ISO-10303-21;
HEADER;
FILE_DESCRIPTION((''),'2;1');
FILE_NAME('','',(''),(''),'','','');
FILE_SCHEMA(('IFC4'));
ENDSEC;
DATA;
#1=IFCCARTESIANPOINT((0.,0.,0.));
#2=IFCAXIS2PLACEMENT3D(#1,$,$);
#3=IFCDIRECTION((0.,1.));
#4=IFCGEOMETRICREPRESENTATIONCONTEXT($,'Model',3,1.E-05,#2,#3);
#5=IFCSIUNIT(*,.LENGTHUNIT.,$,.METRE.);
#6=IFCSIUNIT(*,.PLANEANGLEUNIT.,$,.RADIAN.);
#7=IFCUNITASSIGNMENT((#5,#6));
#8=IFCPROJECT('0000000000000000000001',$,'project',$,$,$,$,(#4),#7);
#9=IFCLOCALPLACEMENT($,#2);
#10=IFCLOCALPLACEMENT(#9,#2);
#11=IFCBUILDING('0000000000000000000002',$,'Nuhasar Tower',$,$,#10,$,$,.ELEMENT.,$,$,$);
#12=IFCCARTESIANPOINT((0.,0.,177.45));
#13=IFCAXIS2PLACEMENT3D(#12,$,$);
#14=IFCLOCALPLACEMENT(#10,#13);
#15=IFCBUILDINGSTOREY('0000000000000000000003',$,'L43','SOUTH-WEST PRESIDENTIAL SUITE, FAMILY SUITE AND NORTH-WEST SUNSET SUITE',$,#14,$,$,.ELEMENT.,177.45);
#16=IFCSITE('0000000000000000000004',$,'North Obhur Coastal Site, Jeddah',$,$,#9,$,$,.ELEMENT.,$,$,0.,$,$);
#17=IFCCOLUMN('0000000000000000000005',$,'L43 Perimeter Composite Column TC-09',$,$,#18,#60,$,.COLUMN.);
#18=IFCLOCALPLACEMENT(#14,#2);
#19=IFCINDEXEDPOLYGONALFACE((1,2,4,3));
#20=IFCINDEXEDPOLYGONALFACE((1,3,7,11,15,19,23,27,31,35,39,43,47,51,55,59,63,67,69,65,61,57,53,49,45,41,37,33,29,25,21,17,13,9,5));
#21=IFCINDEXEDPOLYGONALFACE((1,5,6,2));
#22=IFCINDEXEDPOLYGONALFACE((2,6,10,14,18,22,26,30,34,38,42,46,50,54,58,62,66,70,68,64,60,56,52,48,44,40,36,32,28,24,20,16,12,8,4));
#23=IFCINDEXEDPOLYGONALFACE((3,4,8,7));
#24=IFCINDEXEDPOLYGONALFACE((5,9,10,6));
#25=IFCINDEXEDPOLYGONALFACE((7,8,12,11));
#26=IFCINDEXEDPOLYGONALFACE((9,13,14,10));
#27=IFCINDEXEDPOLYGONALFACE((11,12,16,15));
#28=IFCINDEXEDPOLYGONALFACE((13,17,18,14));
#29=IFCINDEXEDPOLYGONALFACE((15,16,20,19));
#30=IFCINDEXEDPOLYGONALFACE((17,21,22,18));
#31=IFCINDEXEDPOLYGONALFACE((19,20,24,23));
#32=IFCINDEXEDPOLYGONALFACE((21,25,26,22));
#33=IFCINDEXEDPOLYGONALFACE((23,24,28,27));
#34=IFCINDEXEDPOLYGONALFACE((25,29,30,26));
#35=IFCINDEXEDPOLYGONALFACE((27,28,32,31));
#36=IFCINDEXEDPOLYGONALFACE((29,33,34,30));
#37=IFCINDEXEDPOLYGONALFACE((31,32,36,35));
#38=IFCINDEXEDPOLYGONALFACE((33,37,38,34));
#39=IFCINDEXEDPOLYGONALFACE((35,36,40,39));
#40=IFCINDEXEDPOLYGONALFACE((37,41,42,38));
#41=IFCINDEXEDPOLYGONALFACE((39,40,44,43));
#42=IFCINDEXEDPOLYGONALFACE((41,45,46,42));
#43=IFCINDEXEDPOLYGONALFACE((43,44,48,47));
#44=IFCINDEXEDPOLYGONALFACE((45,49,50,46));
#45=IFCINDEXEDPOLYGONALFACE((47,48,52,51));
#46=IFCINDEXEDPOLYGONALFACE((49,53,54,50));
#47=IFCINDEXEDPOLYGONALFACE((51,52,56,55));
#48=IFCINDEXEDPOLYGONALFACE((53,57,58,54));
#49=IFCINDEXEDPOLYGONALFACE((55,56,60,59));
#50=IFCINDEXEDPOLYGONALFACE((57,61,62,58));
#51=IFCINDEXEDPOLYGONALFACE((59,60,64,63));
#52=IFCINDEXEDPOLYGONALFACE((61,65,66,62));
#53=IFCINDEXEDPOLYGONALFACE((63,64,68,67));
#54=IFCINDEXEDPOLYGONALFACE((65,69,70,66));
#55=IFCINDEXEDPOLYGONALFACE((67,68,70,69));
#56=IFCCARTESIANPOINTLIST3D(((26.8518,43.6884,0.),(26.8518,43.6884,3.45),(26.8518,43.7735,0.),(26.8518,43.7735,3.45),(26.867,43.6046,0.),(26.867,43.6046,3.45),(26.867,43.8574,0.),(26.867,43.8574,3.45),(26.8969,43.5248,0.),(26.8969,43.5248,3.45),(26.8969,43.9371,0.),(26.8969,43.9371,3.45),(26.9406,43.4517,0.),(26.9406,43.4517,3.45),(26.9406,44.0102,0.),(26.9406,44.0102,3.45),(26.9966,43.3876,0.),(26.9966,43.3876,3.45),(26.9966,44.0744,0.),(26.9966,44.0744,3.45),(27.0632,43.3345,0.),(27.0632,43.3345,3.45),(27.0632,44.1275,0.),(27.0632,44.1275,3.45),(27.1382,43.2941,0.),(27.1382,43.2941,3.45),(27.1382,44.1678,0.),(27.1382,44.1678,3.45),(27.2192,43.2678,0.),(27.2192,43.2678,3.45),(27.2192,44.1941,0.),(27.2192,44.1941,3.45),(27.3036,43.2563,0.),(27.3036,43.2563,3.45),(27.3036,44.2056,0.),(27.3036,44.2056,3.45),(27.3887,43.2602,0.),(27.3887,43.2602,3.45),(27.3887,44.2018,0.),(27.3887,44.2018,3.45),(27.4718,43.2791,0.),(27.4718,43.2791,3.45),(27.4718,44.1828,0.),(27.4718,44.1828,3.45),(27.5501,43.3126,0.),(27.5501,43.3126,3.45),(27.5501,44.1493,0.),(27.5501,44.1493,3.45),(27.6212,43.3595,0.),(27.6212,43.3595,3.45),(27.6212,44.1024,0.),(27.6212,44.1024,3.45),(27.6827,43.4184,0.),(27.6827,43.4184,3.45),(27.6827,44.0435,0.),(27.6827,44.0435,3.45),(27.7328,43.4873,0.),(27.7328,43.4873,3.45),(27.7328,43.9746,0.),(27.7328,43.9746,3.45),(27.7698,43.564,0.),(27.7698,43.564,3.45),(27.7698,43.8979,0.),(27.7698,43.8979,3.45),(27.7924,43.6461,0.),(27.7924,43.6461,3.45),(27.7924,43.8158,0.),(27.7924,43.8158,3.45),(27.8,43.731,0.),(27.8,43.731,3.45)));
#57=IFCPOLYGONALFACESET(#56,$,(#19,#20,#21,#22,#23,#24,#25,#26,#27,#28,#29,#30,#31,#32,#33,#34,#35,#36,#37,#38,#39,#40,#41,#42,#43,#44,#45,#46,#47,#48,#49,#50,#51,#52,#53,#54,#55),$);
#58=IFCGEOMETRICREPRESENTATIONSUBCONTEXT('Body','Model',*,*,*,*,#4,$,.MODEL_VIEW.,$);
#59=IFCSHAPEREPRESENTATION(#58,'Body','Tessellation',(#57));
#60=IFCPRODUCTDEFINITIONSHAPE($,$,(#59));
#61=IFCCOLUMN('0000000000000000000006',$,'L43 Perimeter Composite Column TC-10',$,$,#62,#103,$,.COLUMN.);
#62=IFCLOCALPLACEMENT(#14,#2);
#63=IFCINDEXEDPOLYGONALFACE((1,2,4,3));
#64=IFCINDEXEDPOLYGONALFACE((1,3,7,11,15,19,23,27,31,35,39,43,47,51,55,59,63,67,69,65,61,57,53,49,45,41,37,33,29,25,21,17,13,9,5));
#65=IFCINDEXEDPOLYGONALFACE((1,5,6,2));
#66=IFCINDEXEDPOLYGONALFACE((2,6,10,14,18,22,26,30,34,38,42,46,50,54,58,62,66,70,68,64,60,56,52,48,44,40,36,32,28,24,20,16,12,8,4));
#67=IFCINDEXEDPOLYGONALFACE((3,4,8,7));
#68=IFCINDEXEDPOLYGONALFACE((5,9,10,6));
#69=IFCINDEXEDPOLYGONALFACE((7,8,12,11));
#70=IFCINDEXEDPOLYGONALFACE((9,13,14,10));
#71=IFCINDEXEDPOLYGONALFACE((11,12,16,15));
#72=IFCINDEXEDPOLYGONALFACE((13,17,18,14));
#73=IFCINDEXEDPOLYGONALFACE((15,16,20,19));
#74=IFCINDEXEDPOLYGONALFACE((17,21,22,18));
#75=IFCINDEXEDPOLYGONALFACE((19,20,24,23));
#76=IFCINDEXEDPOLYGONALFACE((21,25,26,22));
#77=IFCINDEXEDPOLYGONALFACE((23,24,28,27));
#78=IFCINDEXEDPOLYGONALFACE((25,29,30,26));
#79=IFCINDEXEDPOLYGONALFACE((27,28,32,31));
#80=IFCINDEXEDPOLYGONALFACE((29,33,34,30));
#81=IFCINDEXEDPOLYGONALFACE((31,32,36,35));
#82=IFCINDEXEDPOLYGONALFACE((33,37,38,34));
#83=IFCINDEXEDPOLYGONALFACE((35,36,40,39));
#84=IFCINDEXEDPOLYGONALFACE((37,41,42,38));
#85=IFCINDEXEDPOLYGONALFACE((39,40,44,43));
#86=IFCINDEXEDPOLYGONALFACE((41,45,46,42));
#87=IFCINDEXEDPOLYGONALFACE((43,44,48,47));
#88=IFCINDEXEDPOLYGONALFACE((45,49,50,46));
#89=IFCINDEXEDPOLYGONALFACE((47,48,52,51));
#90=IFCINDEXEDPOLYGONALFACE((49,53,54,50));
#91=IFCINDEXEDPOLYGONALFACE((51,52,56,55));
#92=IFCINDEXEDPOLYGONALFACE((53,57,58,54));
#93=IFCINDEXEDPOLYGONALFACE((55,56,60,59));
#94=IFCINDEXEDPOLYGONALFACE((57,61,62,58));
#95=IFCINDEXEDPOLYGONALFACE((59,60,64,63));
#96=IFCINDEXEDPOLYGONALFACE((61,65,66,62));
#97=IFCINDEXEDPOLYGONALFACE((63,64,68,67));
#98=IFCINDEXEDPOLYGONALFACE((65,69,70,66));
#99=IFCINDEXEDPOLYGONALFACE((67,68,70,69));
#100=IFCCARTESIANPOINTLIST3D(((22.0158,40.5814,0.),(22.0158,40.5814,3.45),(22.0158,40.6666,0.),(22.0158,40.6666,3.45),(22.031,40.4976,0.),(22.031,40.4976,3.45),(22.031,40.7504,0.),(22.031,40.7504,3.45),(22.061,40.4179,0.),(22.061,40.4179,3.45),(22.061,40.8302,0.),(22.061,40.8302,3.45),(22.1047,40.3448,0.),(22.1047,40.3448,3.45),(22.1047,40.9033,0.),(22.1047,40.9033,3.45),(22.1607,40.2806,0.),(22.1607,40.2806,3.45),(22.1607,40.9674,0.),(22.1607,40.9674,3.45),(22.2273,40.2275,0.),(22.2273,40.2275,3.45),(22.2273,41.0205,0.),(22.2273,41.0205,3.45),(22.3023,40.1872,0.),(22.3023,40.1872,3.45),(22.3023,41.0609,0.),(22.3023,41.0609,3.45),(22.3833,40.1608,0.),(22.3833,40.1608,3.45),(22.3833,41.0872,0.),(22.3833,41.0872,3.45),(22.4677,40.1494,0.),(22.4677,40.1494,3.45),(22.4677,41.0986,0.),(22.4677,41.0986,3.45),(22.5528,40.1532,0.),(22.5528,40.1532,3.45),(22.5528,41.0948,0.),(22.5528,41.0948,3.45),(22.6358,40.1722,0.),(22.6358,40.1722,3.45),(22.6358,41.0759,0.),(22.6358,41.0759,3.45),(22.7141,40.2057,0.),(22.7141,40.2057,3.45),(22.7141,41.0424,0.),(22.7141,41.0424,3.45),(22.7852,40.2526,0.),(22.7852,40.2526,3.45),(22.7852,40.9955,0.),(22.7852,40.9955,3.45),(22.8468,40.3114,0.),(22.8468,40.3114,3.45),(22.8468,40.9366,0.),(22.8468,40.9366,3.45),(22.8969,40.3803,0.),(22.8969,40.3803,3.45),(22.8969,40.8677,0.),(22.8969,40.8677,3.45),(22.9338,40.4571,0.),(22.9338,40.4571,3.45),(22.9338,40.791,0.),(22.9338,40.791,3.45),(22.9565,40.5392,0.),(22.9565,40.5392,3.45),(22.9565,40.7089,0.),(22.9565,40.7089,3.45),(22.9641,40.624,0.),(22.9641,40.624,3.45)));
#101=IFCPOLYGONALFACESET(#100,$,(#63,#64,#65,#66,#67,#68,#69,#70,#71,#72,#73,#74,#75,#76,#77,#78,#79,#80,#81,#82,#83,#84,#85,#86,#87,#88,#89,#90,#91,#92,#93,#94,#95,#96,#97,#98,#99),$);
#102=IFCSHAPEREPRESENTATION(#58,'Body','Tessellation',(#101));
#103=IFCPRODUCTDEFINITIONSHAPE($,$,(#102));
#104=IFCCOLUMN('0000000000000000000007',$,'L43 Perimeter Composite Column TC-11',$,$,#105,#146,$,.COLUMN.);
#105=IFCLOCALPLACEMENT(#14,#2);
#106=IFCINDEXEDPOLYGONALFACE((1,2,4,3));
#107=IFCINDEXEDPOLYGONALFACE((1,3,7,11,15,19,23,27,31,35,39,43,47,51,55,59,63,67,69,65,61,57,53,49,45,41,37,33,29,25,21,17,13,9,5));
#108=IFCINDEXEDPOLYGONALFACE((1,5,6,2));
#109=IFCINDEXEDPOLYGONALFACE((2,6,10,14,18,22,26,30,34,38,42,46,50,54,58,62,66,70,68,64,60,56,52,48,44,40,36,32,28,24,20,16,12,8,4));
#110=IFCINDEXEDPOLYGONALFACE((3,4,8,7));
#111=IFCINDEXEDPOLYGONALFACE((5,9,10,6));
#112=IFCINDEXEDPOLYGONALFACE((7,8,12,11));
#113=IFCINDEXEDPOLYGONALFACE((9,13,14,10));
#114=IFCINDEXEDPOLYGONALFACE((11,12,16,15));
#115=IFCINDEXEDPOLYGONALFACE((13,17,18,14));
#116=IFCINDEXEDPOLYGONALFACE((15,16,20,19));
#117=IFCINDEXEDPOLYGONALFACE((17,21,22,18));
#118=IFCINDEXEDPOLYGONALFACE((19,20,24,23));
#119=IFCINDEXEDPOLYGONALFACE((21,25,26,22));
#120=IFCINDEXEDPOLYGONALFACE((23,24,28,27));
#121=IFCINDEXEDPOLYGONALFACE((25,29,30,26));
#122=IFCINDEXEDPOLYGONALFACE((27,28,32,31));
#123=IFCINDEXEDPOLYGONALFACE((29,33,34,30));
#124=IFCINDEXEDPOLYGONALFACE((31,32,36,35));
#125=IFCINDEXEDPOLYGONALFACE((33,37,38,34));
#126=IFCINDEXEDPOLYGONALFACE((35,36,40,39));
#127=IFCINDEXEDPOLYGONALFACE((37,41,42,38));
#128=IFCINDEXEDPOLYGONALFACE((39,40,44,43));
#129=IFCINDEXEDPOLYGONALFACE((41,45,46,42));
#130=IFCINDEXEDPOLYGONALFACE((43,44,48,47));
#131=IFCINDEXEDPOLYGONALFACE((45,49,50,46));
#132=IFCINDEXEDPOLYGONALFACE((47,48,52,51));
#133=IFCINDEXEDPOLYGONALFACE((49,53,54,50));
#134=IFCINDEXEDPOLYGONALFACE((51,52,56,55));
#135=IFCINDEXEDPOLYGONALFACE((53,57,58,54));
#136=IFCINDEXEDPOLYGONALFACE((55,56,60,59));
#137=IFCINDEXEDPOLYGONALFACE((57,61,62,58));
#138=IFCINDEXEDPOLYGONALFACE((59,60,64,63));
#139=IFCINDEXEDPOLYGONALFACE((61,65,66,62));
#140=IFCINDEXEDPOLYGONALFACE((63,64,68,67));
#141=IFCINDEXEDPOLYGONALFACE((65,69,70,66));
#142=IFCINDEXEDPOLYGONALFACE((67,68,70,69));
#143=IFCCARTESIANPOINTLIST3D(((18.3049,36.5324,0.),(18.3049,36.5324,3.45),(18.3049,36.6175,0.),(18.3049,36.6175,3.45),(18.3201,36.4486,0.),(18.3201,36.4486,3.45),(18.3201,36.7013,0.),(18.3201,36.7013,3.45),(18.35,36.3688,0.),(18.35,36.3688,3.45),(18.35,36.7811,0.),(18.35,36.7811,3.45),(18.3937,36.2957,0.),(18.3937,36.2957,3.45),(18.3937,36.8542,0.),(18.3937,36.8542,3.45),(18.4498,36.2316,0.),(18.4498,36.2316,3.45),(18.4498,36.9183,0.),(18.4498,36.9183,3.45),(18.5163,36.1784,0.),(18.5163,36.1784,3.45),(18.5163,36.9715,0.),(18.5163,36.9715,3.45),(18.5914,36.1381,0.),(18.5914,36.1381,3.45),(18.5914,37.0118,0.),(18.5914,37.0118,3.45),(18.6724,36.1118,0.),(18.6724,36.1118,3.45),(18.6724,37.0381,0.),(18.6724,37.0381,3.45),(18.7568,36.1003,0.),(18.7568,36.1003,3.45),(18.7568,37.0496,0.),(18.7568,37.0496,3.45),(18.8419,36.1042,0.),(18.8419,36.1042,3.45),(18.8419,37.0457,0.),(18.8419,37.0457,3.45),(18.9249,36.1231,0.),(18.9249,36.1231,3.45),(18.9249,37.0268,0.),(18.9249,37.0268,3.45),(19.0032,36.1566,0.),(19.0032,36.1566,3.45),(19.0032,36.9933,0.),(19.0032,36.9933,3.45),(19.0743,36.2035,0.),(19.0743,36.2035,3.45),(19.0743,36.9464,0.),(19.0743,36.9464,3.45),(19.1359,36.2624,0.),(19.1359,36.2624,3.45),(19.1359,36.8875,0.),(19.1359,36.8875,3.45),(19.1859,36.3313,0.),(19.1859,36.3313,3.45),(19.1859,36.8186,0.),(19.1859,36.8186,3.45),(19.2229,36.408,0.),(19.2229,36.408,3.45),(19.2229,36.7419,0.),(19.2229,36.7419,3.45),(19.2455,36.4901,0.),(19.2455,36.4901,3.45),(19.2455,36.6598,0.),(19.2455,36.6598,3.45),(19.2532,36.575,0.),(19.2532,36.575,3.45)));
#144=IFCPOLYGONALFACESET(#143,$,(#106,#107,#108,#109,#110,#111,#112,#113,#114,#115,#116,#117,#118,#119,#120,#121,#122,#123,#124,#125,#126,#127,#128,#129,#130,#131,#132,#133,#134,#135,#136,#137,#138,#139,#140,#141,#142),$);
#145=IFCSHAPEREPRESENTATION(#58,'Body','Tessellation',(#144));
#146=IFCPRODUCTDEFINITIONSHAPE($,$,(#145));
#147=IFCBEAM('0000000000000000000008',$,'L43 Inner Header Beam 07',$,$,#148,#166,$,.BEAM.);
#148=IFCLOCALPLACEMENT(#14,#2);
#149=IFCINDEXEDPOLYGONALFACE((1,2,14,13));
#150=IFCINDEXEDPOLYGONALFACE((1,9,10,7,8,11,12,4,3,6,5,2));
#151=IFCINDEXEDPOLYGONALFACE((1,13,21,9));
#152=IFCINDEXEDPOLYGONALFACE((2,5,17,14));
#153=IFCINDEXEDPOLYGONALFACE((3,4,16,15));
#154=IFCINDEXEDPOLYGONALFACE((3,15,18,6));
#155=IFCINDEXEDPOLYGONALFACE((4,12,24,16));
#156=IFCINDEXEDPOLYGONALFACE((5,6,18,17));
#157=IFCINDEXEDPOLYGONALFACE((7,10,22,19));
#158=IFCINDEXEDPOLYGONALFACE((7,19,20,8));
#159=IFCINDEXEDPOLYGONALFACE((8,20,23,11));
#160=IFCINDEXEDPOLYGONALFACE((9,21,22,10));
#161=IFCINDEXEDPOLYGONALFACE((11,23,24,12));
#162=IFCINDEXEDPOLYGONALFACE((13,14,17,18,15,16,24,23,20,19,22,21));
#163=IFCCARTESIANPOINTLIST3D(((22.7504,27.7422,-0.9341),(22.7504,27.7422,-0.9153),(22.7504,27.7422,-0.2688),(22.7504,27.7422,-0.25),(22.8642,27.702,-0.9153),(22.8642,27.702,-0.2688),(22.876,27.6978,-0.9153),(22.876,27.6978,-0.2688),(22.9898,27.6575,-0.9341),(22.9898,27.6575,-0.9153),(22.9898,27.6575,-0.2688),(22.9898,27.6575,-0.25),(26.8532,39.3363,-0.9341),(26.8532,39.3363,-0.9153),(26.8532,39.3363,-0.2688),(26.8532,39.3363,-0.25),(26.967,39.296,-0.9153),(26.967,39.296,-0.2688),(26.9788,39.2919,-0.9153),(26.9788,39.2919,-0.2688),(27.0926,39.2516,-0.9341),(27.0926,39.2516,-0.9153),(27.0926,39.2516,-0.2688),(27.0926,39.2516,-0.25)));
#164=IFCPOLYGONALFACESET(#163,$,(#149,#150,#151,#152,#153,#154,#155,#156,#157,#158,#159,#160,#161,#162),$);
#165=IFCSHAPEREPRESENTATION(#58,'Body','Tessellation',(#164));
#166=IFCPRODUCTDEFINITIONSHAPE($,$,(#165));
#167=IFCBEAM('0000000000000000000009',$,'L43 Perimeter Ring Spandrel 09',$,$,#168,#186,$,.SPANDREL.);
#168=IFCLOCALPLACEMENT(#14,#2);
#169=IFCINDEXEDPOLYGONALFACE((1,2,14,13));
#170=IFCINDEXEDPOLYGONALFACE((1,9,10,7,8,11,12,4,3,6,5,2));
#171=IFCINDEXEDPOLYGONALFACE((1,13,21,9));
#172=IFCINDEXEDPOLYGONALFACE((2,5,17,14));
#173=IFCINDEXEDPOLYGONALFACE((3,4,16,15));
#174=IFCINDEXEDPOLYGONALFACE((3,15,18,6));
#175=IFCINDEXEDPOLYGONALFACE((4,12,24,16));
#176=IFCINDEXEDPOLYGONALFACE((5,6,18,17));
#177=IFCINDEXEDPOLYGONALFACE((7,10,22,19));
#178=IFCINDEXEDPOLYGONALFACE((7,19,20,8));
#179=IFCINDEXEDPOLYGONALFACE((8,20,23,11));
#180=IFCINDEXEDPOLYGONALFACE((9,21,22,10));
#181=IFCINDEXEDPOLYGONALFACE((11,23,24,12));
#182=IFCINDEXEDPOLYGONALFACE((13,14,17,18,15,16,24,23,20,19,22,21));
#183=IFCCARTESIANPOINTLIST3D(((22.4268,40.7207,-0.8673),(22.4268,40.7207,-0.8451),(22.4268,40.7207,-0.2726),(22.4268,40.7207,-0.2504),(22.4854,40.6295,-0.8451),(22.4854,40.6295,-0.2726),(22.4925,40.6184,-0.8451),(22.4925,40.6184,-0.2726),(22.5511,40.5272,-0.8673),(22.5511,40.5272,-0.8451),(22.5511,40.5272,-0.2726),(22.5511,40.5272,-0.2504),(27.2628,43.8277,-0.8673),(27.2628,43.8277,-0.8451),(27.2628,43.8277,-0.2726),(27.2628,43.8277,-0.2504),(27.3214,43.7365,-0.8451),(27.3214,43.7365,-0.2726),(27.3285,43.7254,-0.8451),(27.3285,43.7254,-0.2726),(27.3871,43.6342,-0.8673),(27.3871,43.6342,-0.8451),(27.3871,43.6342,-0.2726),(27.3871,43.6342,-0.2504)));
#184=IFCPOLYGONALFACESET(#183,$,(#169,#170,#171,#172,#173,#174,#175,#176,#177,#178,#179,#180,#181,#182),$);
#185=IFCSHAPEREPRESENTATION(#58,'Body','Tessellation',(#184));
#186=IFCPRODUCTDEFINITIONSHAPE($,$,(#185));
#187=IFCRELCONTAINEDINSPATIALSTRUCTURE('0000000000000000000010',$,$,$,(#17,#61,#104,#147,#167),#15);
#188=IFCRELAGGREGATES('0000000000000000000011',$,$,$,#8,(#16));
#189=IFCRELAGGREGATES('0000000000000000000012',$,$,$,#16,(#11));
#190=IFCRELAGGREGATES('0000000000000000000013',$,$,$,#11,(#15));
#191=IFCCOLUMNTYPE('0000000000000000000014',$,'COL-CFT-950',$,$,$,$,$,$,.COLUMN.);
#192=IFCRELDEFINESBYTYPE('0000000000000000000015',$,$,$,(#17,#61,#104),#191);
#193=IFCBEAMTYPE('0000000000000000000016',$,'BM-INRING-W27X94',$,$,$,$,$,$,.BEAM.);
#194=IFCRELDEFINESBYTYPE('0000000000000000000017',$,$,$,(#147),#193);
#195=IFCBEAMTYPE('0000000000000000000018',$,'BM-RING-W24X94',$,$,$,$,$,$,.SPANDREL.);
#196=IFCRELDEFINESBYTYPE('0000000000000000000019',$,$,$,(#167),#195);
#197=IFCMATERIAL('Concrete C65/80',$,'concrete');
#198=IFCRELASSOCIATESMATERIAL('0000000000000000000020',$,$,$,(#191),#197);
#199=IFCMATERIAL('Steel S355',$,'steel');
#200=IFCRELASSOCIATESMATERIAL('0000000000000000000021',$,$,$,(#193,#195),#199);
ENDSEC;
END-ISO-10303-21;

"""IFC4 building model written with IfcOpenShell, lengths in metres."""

from ifc_helpers import new_model, si_unit, direction, frame, origin, origin_2d, place, context, subcontext, project, spatial, circle, i_section, extrude, material, material_profile, profile_set, type_object, element, save


model = new_model("IFC4")

# Units and contexts
model_context = context("Model", 3, precision=1e-05, world=origin(), true_north=direction((0.0, 1.0)))
body_context = subcontext(model_context, "Body", "Model", "MODEL_VIEW")
ifc_project = project(units=[si_unit("LENGTHUNIT", "METRE"), si_unit("PLANEANGLEUNIT", "RADIAN")], contexts=[model_context])

# Site, building, storey
site_placement = place(None, origin())
site = spatial("IfcSite", under=ifc_project, at=site_placement, Name="North Obhur Coastal Site, Jeddah", CompositionType="ELEMENT", RefElevation=0.0)
building_placement = place(site_placement, origin())
building = spatial("IfcBuilding", under=site, at=building_placement, Name="Nuhasar Tower", CompositionType="ELEMENT")
storey_placement = place(building_placement, frame((0.0, 0.0, 177.45)))
storey = spatial("IfcBuildingStorey", under=building, at=storey_placement, Name="L43", Description="SOUTH-WEST PRESIDENTIAL SUITE, FAMILY SUITE AND NORTH-WEST SUNSET SUITE", CompositionType="ELEMENT", Elevation=177.45)

# Columns
ifc_material_1 = material(Name="Concrete C65/80", Category="concrete")
ifc_material_profile_1 = material_profile(ifc_material_1, circle(Radius=0.4751, at=origin_2d()), Name="CFT950")
ifc_profile_set_1 = profile_set([ifc_material_profile_1], Name="Concrete C65/80")
column_type = type_object("IfcColumnType", Name="COL-CFT-950", PredefinedType="COLUMN", material=ifc_profile_set_1)
for number, where, z_axis, x_axis, name in (
    (1, (27.325, 43.731, 0.0), (0.0, 0.0, 1.0), (1.0, 0.0, 0.0), "L43 Perimeter Composite Column TC-09"),
    (2, (22.489, 40.624, 0.0), (0.0, 0.0, 1.0), (1.0, 0.0, 0.0), "L43 Perimeter Composite Column TC-10"),
    (3, (18.7781, 36.575, 0.0), (0.0, 0.0, 1.0), (1.0, 0.0, 0.0), "L43 Perimeter Composite Column TC-11"),
):
    element("IfcColumn", number, at=place(storey_placement, frame(where, z_axis=z_axis, x_axis=x_axis)), inside=storey, type_object=column_type, Name=name, PredefinedType="COLUMN", context=body_context, shape_type="SweptSolid", body=[
        extrude(circle(Radius=0.4751, at=origin_2d()), origin(), (0.0, 0.0, 1.0), 3.45),
    ])

# Beams
ifc_material_2 = material(Name="Steel S355", Category="steel")
ifc_material_profile_2 = material_profile(ifc_material_2, i_section(OverallWidth=0.2539, OverallDepth=0.6841, WebThickness=0.0125, FlangeThickness=0.0188, at=origin_2d()), Name="W27X94")
ifc_profile_set_2 = profile_set([ifc_material_profile_2], Name="Steel S355")
beam_type_1 = type_object("IfcBeamType", Name="BM-INRING-W27X94", PredefinedType="BEAM", material=ifc_profile_set_2)
beam_1_placement = place(storey_placement, frame((26.9729, 39.2939, -0.592), z_axis=(-0.3336, -0.942715, 0.0), x_axis=(0.942715, -0.3336, 0.0)))
element("IfcBeam", 4, at=beam_1_placement, inside=storey, type_object=beam_type_1, Name="L43 Inner Header Beam 07", PredefinedType="BEAM", context=body_context, shape_type="SweptSolid", body=[
    extrude(i_section(OverallWidth=0.2539, OverallDepth=0.6841, WebThickness=0.0125, FlangeThickness=0.0188, at=origin_2d()), origin(), (0.0, 0.0, 1.0), 12.2986),
])
ifc_material_profile_3 = material_profile(ifc_material_2, i_section(OverallWidth=0.23, OverallDepth=0.6169, WebThickness=0.0132, FlangeThickness=0.0222, at=origin_2d()), Name="W24X94")
ifc_profile_set_3 = profile_set([ifc_material_profile_3], Name="Steel S355")
beam_type_2 = type_object("IfcBeamType", Name="BM-RING-W24X94", PredefinedType="SPANDREL", material=ifc_profile_set_3)
beam_2_placement = place(storey_placement, frame((27.325, 43.731, -0.5588), z_axis=(-0.841327, -0.540526, 0.0), x_axis=(0.540526, -0.841327, 0.0)))
element("IfcBeam", 5, at=beam_2_placement, inside=storey, type_object=beam_type_2, Name="L43 Perimeter Ring Spandrel 09", PredefinedType="SPANDREL", context=body_context, shape_type="SweptSolid", body=[
    extrude(i_section(OverallWidth=0.23, OverallDepth=0.6169, WebThickness=0.0132, FlangeThickness=0.0222, at=origin_2d()), origin(), (0.0, 0.0, 1.0), 5.748),
])

save(model, "model.ifc")
